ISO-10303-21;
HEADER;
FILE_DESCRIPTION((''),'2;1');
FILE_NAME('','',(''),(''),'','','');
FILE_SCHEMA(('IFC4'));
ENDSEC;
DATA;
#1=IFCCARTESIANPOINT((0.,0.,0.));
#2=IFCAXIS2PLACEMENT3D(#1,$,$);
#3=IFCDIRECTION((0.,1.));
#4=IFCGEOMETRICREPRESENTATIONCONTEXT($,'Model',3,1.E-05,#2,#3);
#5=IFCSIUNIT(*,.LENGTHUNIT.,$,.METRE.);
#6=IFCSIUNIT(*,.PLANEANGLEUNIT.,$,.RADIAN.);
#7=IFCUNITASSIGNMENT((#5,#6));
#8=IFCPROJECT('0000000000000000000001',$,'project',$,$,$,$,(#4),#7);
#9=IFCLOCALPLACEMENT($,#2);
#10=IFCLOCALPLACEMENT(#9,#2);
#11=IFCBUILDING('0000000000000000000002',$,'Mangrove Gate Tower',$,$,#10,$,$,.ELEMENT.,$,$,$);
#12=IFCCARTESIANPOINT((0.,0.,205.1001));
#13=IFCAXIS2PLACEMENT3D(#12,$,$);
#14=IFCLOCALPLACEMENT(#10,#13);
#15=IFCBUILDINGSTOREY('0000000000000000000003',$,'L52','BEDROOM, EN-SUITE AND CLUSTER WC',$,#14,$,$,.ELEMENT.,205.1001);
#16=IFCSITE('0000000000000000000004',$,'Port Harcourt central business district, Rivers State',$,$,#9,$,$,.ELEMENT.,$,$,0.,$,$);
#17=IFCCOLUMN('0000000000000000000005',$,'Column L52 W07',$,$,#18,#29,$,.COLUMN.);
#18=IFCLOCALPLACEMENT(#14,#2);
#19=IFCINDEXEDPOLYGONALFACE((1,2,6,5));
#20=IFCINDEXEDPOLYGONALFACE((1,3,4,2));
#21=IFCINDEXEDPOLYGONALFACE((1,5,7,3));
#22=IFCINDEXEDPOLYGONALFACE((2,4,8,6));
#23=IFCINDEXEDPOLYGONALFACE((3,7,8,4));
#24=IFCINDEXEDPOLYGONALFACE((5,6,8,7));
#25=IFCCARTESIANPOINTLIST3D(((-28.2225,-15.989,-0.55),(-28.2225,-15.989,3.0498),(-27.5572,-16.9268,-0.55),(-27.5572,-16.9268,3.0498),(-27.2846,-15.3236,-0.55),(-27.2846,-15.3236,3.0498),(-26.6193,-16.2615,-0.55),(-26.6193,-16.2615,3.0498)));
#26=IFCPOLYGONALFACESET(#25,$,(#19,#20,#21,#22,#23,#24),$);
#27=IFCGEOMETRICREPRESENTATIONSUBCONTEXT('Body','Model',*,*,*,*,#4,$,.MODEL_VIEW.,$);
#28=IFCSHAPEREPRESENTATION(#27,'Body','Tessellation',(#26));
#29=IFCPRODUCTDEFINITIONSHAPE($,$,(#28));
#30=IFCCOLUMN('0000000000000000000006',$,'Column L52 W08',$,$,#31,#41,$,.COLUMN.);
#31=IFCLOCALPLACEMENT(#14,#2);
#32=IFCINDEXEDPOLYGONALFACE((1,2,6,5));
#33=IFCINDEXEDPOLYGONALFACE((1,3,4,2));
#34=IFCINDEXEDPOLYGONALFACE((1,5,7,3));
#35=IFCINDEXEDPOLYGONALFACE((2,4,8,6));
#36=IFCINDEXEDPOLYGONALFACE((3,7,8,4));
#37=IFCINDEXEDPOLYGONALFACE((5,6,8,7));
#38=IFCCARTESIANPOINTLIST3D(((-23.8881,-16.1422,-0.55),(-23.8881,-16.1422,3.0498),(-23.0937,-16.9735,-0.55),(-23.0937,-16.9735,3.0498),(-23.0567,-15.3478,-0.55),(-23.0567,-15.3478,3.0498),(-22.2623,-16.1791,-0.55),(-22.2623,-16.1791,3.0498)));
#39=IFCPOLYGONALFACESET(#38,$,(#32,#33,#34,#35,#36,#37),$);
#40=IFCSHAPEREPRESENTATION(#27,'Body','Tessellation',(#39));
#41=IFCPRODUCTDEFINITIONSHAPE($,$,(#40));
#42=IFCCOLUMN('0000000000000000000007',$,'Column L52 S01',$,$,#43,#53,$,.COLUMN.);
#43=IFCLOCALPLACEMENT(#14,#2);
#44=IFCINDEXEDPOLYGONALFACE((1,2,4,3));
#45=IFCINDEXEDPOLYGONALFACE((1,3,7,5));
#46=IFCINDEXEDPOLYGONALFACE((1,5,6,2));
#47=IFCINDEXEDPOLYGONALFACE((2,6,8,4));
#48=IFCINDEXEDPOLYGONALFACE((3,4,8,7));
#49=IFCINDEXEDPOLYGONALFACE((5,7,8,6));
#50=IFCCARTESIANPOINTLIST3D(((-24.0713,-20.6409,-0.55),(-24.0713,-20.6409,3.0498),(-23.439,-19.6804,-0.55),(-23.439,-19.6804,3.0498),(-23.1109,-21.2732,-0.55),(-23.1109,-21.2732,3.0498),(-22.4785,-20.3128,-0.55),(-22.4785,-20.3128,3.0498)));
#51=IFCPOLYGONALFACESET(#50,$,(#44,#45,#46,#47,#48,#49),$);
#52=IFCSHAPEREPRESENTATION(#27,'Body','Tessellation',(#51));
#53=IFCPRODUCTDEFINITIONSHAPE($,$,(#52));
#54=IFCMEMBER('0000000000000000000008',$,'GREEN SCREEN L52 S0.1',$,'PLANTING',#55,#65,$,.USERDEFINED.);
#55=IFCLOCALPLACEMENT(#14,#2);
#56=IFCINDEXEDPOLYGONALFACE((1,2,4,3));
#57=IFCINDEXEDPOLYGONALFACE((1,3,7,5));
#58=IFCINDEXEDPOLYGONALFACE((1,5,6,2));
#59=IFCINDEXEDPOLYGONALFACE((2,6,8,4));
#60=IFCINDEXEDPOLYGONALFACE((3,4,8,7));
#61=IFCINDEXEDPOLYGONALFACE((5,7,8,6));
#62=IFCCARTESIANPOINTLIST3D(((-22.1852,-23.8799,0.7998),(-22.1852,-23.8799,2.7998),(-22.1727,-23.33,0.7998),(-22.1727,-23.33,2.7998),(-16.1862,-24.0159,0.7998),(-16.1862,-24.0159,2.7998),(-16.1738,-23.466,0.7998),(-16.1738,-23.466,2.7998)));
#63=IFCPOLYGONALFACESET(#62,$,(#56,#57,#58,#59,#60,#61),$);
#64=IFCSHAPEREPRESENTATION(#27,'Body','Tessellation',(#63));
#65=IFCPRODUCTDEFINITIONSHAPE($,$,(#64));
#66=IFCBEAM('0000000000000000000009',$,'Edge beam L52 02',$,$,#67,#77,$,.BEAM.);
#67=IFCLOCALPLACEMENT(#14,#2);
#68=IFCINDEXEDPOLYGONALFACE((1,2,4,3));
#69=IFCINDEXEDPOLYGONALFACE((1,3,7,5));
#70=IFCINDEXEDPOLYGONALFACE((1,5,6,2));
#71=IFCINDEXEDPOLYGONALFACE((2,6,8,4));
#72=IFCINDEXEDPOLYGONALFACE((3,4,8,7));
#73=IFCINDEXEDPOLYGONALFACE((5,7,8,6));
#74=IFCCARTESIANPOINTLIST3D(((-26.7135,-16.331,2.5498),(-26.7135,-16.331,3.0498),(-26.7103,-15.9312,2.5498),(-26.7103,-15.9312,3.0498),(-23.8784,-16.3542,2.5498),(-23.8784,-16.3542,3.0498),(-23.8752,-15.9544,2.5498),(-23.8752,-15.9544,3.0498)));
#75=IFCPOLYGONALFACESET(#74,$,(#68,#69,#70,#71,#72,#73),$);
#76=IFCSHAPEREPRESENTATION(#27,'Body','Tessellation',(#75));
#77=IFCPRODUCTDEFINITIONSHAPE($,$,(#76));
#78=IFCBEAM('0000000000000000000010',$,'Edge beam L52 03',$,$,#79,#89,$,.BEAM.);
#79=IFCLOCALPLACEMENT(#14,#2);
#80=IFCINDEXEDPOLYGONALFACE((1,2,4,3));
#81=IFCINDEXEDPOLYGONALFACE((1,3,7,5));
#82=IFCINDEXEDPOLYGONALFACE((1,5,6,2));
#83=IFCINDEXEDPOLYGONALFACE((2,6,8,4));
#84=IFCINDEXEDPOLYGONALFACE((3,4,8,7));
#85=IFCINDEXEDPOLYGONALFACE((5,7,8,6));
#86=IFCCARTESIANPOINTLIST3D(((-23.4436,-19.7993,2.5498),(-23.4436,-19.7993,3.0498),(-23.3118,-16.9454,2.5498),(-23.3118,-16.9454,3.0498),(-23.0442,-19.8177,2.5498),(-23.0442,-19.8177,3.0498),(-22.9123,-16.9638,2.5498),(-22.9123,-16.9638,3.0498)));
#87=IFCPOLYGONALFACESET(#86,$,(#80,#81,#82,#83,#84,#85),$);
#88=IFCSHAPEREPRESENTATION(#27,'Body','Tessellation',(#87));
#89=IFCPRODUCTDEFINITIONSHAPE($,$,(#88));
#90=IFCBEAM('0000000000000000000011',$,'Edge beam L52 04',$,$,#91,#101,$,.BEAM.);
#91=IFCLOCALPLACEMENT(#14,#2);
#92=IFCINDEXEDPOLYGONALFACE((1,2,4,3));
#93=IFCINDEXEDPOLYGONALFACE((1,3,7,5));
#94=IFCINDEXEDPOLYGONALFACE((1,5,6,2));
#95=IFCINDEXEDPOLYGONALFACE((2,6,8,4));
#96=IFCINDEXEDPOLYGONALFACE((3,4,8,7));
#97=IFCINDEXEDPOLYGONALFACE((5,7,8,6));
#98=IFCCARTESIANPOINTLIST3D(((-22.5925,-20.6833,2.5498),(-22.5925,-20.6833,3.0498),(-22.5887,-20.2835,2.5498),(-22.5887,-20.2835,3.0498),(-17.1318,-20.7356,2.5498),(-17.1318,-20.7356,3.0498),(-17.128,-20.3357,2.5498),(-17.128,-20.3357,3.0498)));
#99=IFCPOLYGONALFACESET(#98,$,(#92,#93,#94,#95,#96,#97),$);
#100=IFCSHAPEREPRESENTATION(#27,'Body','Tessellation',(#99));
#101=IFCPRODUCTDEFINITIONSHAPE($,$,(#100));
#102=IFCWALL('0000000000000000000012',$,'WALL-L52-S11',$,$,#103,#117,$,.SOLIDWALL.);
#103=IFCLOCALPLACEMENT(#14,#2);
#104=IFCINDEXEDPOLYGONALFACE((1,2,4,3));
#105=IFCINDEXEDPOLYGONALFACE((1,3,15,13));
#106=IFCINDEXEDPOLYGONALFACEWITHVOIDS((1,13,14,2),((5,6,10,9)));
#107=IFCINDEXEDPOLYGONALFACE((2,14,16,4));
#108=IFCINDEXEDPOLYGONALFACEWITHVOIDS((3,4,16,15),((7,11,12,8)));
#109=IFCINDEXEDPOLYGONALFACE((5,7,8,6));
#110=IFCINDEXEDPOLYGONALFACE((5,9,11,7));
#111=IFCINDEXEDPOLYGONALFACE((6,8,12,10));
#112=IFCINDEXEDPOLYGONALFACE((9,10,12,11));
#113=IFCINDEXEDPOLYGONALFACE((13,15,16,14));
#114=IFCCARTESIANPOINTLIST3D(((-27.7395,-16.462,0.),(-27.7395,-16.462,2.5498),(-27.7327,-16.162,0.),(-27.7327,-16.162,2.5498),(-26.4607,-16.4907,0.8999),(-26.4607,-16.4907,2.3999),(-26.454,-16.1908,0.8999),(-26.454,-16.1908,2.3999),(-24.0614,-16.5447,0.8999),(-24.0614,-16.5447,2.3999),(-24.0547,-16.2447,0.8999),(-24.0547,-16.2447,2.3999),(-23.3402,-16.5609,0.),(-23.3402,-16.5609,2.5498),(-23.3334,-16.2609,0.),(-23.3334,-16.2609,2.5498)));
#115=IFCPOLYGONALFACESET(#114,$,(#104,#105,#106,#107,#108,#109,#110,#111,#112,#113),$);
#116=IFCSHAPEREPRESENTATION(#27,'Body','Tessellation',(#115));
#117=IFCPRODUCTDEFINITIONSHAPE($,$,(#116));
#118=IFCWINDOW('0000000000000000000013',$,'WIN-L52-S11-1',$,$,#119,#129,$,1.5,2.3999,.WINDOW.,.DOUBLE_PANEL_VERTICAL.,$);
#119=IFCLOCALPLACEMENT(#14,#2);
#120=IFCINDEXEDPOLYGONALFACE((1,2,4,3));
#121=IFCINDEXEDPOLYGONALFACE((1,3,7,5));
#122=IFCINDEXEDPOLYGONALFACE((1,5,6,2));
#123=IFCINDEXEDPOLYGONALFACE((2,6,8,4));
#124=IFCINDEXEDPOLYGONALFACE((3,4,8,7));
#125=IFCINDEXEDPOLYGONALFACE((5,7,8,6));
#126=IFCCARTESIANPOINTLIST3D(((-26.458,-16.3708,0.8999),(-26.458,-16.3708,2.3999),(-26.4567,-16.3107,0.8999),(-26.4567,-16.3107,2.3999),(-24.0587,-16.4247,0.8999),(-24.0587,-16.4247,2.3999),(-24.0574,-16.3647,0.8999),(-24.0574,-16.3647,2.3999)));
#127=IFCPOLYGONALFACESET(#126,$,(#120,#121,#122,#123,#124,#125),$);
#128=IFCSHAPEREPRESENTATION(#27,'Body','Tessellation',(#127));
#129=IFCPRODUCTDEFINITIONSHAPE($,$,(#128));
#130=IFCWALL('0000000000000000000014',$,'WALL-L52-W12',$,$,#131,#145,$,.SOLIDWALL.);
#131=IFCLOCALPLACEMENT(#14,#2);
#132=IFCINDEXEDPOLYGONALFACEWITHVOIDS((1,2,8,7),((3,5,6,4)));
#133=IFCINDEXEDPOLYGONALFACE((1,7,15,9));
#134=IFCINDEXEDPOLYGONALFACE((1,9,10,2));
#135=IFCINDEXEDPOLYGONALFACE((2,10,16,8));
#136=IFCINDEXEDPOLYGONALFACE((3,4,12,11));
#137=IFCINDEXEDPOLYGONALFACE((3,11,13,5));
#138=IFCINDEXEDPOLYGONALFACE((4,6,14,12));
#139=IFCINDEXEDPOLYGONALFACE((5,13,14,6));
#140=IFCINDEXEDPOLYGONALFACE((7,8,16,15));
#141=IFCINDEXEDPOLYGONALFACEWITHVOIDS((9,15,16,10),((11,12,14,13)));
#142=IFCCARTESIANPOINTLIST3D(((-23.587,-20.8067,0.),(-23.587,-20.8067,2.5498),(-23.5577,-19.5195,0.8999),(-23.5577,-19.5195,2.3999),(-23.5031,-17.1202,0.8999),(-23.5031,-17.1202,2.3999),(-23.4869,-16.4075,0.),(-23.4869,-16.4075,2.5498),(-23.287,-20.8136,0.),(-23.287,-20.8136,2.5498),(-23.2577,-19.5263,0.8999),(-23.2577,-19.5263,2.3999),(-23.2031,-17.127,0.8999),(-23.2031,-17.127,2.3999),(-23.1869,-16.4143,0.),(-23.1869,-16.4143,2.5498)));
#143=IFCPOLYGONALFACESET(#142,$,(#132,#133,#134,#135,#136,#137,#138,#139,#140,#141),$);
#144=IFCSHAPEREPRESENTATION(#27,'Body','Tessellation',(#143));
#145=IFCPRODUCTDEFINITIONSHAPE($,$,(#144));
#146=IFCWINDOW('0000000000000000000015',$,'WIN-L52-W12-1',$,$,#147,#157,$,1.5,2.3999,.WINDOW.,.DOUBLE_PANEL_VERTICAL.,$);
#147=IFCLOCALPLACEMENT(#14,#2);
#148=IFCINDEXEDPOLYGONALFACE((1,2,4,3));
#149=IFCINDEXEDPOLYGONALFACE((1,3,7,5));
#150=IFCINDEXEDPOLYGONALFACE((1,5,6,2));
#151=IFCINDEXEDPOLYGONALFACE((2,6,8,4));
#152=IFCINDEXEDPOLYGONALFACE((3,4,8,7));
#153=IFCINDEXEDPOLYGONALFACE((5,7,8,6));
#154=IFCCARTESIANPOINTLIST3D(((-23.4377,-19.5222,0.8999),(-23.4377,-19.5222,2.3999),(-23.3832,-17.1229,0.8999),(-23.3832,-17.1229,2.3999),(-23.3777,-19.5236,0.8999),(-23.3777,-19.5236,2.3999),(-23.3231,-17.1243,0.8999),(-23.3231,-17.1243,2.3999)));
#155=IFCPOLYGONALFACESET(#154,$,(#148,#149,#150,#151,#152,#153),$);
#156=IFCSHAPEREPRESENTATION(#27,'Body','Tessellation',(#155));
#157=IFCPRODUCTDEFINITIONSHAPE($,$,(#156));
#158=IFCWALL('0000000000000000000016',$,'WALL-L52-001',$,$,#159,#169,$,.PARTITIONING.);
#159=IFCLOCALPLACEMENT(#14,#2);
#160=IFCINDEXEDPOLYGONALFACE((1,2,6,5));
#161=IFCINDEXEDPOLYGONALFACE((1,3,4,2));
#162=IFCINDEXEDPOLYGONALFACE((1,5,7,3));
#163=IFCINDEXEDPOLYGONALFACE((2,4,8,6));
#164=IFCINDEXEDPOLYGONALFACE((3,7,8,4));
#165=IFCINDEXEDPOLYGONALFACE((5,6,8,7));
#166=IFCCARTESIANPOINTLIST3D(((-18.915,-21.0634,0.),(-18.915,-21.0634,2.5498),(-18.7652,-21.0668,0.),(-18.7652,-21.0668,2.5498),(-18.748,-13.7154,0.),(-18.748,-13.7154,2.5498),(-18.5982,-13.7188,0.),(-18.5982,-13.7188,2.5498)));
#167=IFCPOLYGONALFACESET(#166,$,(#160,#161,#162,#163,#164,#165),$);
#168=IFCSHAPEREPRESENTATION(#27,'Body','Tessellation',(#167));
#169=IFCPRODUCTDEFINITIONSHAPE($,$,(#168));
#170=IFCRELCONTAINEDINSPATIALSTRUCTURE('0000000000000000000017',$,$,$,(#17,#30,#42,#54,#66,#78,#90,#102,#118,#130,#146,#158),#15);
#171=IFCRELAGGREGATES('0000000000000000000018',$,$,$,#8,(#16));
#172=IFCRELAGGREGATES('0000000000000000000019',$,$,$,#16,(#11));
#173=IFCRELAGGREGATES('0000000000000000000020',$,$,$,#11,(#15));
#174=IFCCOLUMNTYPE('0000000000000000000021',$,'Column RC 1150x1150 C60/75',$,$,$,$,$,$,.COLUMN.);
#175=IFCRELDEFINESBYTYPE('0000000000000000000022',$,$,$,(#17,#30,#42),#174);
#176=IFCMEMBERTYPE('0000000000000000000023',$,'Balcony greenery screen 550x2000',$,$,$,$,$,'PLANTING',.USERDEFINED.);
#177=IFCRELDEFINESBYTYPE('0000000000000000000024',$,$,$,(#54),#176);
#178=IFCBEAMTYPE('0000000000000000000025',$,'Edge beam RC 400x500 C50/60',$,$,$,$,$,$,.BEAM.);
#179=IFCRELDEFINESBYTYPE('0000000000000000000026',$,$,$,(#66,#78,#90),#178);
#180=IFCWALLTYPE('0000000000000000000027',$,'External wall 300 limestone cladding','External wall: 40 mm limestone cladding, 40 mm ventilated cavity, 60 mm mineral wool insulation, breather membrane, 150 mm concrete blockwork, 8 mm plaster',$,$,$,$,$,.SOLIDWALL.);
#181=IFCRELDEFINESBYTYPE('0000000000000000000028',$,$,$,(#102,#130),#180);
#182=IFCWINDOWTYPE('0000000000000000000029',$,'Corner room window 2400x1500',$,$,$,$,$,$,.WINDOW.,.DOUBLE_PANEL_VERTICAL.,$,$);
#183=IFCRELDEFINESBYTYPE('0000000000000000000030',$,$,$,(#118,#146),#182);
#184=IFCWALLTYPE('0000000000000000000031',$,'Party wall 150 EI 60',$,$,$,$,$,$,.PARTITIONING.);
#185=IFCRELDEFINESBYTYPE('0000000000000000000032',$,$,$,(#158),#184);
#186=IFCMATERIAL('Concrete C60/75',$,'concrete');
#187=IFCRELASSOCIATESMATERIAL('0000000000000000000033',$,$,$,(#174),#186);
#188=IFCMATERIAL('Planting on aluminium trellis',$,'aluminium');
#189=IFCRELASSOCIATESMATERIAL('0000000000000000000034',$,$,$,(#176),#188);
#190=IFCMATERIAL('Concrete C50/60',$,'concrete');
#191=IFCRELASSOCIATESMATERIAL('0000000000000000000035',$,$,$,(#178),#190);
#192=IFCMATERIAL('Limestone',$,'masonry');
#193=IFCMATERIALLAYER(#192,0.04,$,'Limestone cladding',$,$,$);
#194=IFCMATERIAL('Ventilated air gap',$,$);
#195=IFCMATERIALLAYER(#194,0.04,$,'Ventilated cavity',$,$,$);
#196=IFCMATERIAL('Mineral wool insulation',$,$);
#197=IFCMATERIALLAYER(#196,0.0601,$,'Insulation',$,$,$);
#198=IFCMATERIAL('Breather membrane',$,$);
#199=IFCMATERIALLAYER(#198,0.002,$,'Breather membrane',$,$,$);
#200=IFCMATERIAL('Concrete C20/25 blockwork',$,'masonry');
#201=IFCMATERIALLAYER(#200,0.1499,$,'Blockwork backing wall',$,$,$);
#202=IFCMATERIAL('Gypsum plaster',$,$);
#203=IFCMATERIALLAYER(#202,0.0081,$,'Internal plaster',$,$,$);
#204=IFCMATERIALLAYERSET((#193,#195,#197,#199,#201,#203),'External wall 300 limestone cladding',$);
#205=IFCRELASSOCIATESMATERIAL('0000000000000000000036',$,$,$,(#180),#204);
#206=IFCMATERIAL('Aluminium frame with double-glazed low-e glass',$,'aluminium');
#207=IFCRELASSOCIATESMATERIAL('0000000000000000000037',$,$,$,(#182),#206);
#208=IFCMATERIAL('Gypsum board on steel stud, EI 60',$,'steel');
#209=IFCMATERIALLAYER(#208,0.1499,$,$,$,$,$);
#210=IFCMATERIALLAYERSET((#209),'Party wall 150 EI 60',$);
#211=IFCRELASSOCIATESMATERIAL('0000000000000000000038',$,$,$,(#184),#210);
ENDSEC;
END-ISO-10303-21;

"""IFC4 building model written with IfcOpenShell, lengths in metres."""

from ifc_helpers import new_model, si_unit, direction, frame, frame_2d, origin, origin_2d, place, context, subcontext, project, spatial, rectangle, extrude, material, layer, layer_set, material_profile, profile_set, type_object, element, fill, save


model = new_model("IFC4")

# Units and contexts
model_context = context("Model", 3, precision=1e-05, world=origin(), true_north=direction((0.0, 1.0)))
body_context = subcontext(model_context, "Body", "Model", "MODEL_VIEW")
ifc_project = project(units=[si_unit("LENGTHUNIT", "METRE"), si_unit("PLANEANGLEUNIT", "RADIAN")], contexts=[model_context])

# Site, building, storey
site_placement = place(None, origin())
site = spatial("IfcSite", under=ifc_project, at=site_placement, Name="Port Harcourt central business district, Rivers State", CompositionType="ELEMENT", RefElevation=0.0)
building_placement = place(site_placement, origin())
building = spatial("IfcBuilding", under=site, at=building_placement, Name="Mangrove Gate Tower", CompositionType="ELEMENT")
storey_placement = place(building_placement, frame((0.0, 0.0, 205.1001)))
storey = spatial("IfcBuildingStorey", under=building, at=storey_placement, Name="L52", Description="BEDROOM, EN-SUITE AND CLUSTER WC", CompositionType="ELEMENT", Elevation=205.1001)

# Columns
ifc_material_1 = material(Name="Concrete C60/75", Category="concrete")
ifc_material_profile_1 = material_profile(ifc_material_1, rectangle(XDim=1.1499, YDim=1.1499, at=origin_2d()))
ifc_profile_set_1 = profile_set([ifc_material_profile_1], Name="Concrete C60/75")
column_type = type_object("IfcColumnType", Name="Column RC 1150x1150 C60/75", PredefinedType="COLUMN", material=ifc_profile_set_1)
for number, where, z_axis, x_axis, name in (
    (1, (-27.4209, -16.1252, -0.55), (0.0, 0.0, 1.0), (0.578578, -0.815627, 0.0), "Column L52 W07"),
    (2, (-23.0752, -16.1606, -0.55), (0.0, 0.0, 1.0), (0.690854, -0.722994, 0.0), "Column L52 W08"),
    (3, (-23.2749, -20.4768, -0.55), (0.0, 0.0, 1.0), (0.835229, -0.549902, 0.0), "Column L52 S01"),
):
    element("IfcColumn", number, at=place(storey_placement, frame(where, z_axis=z_axis, x_axis=x_axis)), inside=storey, type_object=column_type, Name=name, PredefinedType="COLUMN", context=body_context, shape_type="SweptSolid", body=[
        extrude(rectangle(XDim=1.1499, YDim=1.1499, at=origin_2d()), origin(), (0.0, 0.0, 1.0), 3.5999),
    ])

# Member
ifc_material_2 = material(Name="Planting on aluminium trellis", Category="aluminium")
ifc_material_profile_2 = material_profile(ifc_material_2, rectangle(XDim=0.55, YDim=2.0, at=origin_2d()))
ifc_profile_set_2 = profile_set([ifc_material_profile_2], Name="Planting on aluminium trellis")
member_type = type_object("IfcMemberType", Name="Balcony greenery screen 550x2000", ElementType="PLANTING", PredefinedType="USERDEFINED", material=ifc_profile_set_2)
member_placement = place(storey_placement, frame((-22.179, -23.605, 1.7998), z_axis=(0.999743, -0.022662, 0.0), x_axis=(0.022662, 0.999743, 0.0)))
element("IfcMember", 4, at=member_placement, inside=storey, type_object=member_type, Name="GREEN SCREEN L52 S0.1", ObjectType="PLANTING", PredefinedType="USERDEFINED", context=body_context, shape_type="SweptSolid", body=[
    extrude(rectangle(XDim=0.55, YDim=2.0, at=origin_2d()), origin(), (0.0, 0.0, 1.0), 6.0005),
])

# Beams
ifc_material_3 = material(Name="Concrete C50/60", Category="concrete")
ifc_material_profile_3 = material_profile(ifc_material_3, rectangle(XDim=0.3999, YDim=0.5, at=origin_2d()))
ifc_profile_set_3 = profile_set([ifc_material_profile_3], Name="Concrete C50/60")
beam_type = type_object("IfcBeamType", Name="Edge beam RC 400x500 C50/60", PredefinedType="BEAM", material=ifc_profile_set_3)
beam_1_placement = place(storey_placement, frame((-26.7119, -16.1311, 2.7998), z_axis=(0.999967, -0.00818, 0.0), x_axis=(0.00818, 0.999967, 0.0)))
element("IfcBeam", 5, at=beam_1_placement, inside=storey, type_object=beam_type, Name="Edge beam L52 02", PredefinedType="BEAM", context=body_context, shape_type="SweptSolid", body=[
    extrude(rectangle(XDim=0.3999, YDim=0.5, at=origin_2d()), origin(), (0.0, 0.0, 1.0), 2.8352),
])
beam_2_placement = place(storey_placement, frame((-23.1121, -16.9546, 2.7998), z_axis=(-0.046144, -0.998935, 0.0), x_axis=(0.998935, -0.046144, 0.0)))
element("IfcBeam", 6, at=beam_2_placement, inside=storey, type_object=beam_type, Name="Edge beam L52 03", PredefinedType="BEAM", context=body_context, shape_type="SweptSolid", body=[
    extrude(rectangle(XDim=0.3999, YDim=0.5, at=origin_2d()), origin(), (0.0, 0.0, 1.0), 2.8569),
])
beam_3_placement = place(storey_placement, frame((-22.5906, -20.4834, 2.7998), z_axis=(0.999954, -0.009567, 0.0), x_axis=(0.009567, 0.999954, 0.0)))
element("IfcBeam", 7, at=beam_3_placement, inside=storey, type_object=beam_type, Name="Edge beam L52 04", PredefinedType="BEAM", context=body_context, shape_type="SweptSolid", body=[
    extrude(rectangle(XDim=0.3999, YDim=0.5, at=origin_2d()), origin(), (0.0, 0.0, 1.0), 5.4609),
])

# Walls, openings, windows
ifc_material_4 = material(Name="Limestone", Category="masonry")
ifc_layer_1 = layer(ifc_material_4, 0.04, Name="Limestone cladding")
ifc_material_5 = material(Name="Ventilated air gap")
ifc_layer_2 = layer(ifc_material_5, 0.04, Name="Ventilated cavity")
ifc_material_6 = material(Name="Mineral wool insulation")
ifc_layer_3 = layer(ifc_material_6, 0.0601, Name="Insulation")
ifc_material_7 = material(Name="Breather membrane")
ifc_layer_4 = layer(ifc_material_7, 0.002, Name="Breather membrane")
ifc_material_8 = material(Name="Concrete C20/25 blockwork", Category="masonry")
ifc_layer_5 = layer(ifc_material_8, 0.1499, Name="Blockwork backing wall")
ifc_material_9 = material(Name="Gypsum plaster")
ifc_layer_6 = layer(ifc_material_9, 0.0081, Name="Internal plaster")
ifc_layer_set_1 = layer_set([ifc_layer_1, ifc_layer_2, ifc_layer_3, ifc_layer_4, ifc_layer_5, ifc_layer_6], Name="External wall 300 limestone cladding")
wall_type_1 = type_object("IfcWallType", Name="External wall 300 limestone cladding", Description="External wall: 40 mm limestone cladding, 40 mm ventilated cavity, 60 mm mineral wool insulation, breather membrane, 150 mm concrete blockwork, 8 mm plaster", PredefinedType="SOLIDWALL", material=ifc_layer_set_1)
wall_1_placement = place(storey_placement, frame((-27.7361, -16.312, 0.0), z_axis=(0.0, 0.0, 1.0), x_axis=(0.999748, -0.022471, 0.0)))
wall_1 = element("IfcWall", 8, at=wall_1_placement, inside=storey, type_object=wall_type_1, Name="WALL-L52-S11", PredefinedType="SOLIDWALL", context=body_context, shape_type="SweptSolid", body=[
    extrude(rectangle(XDim=4.4004, YDim=0.3, at=frame_2d((2.2002, 0.0))), origin(), (0.0, 0.0, 1.0), 2.5498),
])
opening_1_placement = place(wall_1_placement, frame((1.2791, 0.0, 0.8999)))
opening_1 = element("IfcOpeningElement", 9, at=opening_1_placement, cuts=wall_1, PredefinedType="OPENING", context=body_context, shape_type="SweptSolid", body=[
    extrude(rectangle(XDim=2.3999, YDim=1.5, at=frame_2d((1.2, 0.75))), frame((0.0, 0.1599, 0.0), z_axis=(0.0, -1.0, 0.0), x_axis=(1.0, 0.0, 0.0)), (0.0, 0.0, 1.0), 0.3201),
])
ifc_material_10 = material(Name="Aluminium frame with double-glazed low-e glass", Category="aluminium")
window_type = type_object("IfcWindowType", Name="Corner room window 2400x1500", PartitioningType="DOUBLE_PANEL_VERTICAL", PredefinedType="WINDOW", material=ifc_material_10)
window_1_placement = place(opening_1_placement, origin())
window_1 = element("IfcWindow", 10, at=window_1_placement, inside=storey, type_object=window_type, Name="WIN-L52-S11-1", OverallHeight=1.5, OverallWidth=2.3999, PartitioningType="DOUBLE_PANEL_VERTICAL", PredefinedType="WINDOW", context=body_context, shape_type="SweptSolid", body=[
    extrude(rectangle(XDim=2.3999, YDim=1.5, at=frame_2d((1.2, 0.75))), frame((0.0, 0.03, 0.0), z_axis=(0.0, -1.0, 0.0), x_axis=(1.0, 0.0, 0.0)), (0.0, 0.0, 1.0), 0.0601),
])
fill(opening_1, window_1)
wall_2_placement = place(storey_placement, frame((-23.3369, -16.4109, 0.0), z_axis=(0.0, 0.0, 1.0), x_axis=(-0.022748, -0.999741, 0.0)))
wall_2 = element("IfcWall", 11, at=wall_2_placement, inside=storey, type_object=wall_type_1, Name="WALL-L52-W12", PredefinedType="SOLIDWALL", context=body_context, shape_type="SweptSolid", body=[
    extrude(rectangle(XDim=4.4004, YDim=0.3, at=frame_2d((2.2002, 0.0))), origin(), (0.0, 0.0, 1.0), 2.5498),
])
opening_2_placement = place(wall_2_placement, frame((0.7129, 0.0, 0.8999)))
opening_2 = element("IfcOpeningElement", 12, at=opening_2_placement, cuts=wall_2, PredefinedType="OPENING", context=body_context, shape_type="SweptSolid", body=[
    extrude(rectangle(XDim=2.3999, YDim=1.5, at=frame_2d((1.2, 0.75))), frame((0.0, 0.1599, 0.0), z_axis=(0.0, -1.0, 0.0), x_axis=(1.0, 0.0, 0.0)), (0.0, 0.0, 1.0), 0.3201),
])
window_2_placement = place(opening_2_placement, origin())
window_2 = element("IfcWindow", 13, at=window_2_placement, inside=storey, type_object=window_type, Name="WIN-L52-W12-1", OverallHeight=1.5, OverallWidth=2.3999, PartitioningType="DOUBLE_PANEL_VERTICAL", PredefinedType="WINDOW", context=body_context, shape_type="SweptSolid", body=[
    extrude(rectangle(XDim=2.3999, YDim=1.5, at=frame_2d((1.2, 0.75))), frame((0.0, 0.03, 0.0), z_axis=(0.0, -1.0, 0.0), x_axis=(1.0, 0.0, 0.0)), (0.0, 0.0, 1.0), 0.0601),
])
fill(opening_2, window_2)

# Wall
ifc_material_11 = material(Name="Gypsum board on steel stud, EI 60", Category="steel")
ifc_layer_7 = layer(ifc_material_11, 0.1499)
ifc_layer_set_2 = layer_set([ifc_layer_7], Name="Party wall 150 EI 60")
wall_type_2 = type_object("IfcWallType", Name="Party wall 150 EI 60", PredefinedType="PARTITIONING", material=ifc_layer_set_2)
wall_3_placement = place(storey_placement, frame((-18.8401, -21.0649, 0.0), z_axis=(0.0, 0.0, 1.0), x_axis=(0.022721, 0.999742, 0.0)))
element("IfcWall", 14, at=wall_3_placement, inside=storey, type_object=wall_type_2, Name="WALL-L52-001", PredefinedType="PARTITIONING", context=body_context, shape_type="SweptSolid", body=[
    extrude(rectangle(XDim=7.3499, YDim=0.1499, at=frame_2d((3.6748, 0.0))), origin(), (0.0, 0.0, 1.0), 2.5498),
])

save(model, "model.ifc")
